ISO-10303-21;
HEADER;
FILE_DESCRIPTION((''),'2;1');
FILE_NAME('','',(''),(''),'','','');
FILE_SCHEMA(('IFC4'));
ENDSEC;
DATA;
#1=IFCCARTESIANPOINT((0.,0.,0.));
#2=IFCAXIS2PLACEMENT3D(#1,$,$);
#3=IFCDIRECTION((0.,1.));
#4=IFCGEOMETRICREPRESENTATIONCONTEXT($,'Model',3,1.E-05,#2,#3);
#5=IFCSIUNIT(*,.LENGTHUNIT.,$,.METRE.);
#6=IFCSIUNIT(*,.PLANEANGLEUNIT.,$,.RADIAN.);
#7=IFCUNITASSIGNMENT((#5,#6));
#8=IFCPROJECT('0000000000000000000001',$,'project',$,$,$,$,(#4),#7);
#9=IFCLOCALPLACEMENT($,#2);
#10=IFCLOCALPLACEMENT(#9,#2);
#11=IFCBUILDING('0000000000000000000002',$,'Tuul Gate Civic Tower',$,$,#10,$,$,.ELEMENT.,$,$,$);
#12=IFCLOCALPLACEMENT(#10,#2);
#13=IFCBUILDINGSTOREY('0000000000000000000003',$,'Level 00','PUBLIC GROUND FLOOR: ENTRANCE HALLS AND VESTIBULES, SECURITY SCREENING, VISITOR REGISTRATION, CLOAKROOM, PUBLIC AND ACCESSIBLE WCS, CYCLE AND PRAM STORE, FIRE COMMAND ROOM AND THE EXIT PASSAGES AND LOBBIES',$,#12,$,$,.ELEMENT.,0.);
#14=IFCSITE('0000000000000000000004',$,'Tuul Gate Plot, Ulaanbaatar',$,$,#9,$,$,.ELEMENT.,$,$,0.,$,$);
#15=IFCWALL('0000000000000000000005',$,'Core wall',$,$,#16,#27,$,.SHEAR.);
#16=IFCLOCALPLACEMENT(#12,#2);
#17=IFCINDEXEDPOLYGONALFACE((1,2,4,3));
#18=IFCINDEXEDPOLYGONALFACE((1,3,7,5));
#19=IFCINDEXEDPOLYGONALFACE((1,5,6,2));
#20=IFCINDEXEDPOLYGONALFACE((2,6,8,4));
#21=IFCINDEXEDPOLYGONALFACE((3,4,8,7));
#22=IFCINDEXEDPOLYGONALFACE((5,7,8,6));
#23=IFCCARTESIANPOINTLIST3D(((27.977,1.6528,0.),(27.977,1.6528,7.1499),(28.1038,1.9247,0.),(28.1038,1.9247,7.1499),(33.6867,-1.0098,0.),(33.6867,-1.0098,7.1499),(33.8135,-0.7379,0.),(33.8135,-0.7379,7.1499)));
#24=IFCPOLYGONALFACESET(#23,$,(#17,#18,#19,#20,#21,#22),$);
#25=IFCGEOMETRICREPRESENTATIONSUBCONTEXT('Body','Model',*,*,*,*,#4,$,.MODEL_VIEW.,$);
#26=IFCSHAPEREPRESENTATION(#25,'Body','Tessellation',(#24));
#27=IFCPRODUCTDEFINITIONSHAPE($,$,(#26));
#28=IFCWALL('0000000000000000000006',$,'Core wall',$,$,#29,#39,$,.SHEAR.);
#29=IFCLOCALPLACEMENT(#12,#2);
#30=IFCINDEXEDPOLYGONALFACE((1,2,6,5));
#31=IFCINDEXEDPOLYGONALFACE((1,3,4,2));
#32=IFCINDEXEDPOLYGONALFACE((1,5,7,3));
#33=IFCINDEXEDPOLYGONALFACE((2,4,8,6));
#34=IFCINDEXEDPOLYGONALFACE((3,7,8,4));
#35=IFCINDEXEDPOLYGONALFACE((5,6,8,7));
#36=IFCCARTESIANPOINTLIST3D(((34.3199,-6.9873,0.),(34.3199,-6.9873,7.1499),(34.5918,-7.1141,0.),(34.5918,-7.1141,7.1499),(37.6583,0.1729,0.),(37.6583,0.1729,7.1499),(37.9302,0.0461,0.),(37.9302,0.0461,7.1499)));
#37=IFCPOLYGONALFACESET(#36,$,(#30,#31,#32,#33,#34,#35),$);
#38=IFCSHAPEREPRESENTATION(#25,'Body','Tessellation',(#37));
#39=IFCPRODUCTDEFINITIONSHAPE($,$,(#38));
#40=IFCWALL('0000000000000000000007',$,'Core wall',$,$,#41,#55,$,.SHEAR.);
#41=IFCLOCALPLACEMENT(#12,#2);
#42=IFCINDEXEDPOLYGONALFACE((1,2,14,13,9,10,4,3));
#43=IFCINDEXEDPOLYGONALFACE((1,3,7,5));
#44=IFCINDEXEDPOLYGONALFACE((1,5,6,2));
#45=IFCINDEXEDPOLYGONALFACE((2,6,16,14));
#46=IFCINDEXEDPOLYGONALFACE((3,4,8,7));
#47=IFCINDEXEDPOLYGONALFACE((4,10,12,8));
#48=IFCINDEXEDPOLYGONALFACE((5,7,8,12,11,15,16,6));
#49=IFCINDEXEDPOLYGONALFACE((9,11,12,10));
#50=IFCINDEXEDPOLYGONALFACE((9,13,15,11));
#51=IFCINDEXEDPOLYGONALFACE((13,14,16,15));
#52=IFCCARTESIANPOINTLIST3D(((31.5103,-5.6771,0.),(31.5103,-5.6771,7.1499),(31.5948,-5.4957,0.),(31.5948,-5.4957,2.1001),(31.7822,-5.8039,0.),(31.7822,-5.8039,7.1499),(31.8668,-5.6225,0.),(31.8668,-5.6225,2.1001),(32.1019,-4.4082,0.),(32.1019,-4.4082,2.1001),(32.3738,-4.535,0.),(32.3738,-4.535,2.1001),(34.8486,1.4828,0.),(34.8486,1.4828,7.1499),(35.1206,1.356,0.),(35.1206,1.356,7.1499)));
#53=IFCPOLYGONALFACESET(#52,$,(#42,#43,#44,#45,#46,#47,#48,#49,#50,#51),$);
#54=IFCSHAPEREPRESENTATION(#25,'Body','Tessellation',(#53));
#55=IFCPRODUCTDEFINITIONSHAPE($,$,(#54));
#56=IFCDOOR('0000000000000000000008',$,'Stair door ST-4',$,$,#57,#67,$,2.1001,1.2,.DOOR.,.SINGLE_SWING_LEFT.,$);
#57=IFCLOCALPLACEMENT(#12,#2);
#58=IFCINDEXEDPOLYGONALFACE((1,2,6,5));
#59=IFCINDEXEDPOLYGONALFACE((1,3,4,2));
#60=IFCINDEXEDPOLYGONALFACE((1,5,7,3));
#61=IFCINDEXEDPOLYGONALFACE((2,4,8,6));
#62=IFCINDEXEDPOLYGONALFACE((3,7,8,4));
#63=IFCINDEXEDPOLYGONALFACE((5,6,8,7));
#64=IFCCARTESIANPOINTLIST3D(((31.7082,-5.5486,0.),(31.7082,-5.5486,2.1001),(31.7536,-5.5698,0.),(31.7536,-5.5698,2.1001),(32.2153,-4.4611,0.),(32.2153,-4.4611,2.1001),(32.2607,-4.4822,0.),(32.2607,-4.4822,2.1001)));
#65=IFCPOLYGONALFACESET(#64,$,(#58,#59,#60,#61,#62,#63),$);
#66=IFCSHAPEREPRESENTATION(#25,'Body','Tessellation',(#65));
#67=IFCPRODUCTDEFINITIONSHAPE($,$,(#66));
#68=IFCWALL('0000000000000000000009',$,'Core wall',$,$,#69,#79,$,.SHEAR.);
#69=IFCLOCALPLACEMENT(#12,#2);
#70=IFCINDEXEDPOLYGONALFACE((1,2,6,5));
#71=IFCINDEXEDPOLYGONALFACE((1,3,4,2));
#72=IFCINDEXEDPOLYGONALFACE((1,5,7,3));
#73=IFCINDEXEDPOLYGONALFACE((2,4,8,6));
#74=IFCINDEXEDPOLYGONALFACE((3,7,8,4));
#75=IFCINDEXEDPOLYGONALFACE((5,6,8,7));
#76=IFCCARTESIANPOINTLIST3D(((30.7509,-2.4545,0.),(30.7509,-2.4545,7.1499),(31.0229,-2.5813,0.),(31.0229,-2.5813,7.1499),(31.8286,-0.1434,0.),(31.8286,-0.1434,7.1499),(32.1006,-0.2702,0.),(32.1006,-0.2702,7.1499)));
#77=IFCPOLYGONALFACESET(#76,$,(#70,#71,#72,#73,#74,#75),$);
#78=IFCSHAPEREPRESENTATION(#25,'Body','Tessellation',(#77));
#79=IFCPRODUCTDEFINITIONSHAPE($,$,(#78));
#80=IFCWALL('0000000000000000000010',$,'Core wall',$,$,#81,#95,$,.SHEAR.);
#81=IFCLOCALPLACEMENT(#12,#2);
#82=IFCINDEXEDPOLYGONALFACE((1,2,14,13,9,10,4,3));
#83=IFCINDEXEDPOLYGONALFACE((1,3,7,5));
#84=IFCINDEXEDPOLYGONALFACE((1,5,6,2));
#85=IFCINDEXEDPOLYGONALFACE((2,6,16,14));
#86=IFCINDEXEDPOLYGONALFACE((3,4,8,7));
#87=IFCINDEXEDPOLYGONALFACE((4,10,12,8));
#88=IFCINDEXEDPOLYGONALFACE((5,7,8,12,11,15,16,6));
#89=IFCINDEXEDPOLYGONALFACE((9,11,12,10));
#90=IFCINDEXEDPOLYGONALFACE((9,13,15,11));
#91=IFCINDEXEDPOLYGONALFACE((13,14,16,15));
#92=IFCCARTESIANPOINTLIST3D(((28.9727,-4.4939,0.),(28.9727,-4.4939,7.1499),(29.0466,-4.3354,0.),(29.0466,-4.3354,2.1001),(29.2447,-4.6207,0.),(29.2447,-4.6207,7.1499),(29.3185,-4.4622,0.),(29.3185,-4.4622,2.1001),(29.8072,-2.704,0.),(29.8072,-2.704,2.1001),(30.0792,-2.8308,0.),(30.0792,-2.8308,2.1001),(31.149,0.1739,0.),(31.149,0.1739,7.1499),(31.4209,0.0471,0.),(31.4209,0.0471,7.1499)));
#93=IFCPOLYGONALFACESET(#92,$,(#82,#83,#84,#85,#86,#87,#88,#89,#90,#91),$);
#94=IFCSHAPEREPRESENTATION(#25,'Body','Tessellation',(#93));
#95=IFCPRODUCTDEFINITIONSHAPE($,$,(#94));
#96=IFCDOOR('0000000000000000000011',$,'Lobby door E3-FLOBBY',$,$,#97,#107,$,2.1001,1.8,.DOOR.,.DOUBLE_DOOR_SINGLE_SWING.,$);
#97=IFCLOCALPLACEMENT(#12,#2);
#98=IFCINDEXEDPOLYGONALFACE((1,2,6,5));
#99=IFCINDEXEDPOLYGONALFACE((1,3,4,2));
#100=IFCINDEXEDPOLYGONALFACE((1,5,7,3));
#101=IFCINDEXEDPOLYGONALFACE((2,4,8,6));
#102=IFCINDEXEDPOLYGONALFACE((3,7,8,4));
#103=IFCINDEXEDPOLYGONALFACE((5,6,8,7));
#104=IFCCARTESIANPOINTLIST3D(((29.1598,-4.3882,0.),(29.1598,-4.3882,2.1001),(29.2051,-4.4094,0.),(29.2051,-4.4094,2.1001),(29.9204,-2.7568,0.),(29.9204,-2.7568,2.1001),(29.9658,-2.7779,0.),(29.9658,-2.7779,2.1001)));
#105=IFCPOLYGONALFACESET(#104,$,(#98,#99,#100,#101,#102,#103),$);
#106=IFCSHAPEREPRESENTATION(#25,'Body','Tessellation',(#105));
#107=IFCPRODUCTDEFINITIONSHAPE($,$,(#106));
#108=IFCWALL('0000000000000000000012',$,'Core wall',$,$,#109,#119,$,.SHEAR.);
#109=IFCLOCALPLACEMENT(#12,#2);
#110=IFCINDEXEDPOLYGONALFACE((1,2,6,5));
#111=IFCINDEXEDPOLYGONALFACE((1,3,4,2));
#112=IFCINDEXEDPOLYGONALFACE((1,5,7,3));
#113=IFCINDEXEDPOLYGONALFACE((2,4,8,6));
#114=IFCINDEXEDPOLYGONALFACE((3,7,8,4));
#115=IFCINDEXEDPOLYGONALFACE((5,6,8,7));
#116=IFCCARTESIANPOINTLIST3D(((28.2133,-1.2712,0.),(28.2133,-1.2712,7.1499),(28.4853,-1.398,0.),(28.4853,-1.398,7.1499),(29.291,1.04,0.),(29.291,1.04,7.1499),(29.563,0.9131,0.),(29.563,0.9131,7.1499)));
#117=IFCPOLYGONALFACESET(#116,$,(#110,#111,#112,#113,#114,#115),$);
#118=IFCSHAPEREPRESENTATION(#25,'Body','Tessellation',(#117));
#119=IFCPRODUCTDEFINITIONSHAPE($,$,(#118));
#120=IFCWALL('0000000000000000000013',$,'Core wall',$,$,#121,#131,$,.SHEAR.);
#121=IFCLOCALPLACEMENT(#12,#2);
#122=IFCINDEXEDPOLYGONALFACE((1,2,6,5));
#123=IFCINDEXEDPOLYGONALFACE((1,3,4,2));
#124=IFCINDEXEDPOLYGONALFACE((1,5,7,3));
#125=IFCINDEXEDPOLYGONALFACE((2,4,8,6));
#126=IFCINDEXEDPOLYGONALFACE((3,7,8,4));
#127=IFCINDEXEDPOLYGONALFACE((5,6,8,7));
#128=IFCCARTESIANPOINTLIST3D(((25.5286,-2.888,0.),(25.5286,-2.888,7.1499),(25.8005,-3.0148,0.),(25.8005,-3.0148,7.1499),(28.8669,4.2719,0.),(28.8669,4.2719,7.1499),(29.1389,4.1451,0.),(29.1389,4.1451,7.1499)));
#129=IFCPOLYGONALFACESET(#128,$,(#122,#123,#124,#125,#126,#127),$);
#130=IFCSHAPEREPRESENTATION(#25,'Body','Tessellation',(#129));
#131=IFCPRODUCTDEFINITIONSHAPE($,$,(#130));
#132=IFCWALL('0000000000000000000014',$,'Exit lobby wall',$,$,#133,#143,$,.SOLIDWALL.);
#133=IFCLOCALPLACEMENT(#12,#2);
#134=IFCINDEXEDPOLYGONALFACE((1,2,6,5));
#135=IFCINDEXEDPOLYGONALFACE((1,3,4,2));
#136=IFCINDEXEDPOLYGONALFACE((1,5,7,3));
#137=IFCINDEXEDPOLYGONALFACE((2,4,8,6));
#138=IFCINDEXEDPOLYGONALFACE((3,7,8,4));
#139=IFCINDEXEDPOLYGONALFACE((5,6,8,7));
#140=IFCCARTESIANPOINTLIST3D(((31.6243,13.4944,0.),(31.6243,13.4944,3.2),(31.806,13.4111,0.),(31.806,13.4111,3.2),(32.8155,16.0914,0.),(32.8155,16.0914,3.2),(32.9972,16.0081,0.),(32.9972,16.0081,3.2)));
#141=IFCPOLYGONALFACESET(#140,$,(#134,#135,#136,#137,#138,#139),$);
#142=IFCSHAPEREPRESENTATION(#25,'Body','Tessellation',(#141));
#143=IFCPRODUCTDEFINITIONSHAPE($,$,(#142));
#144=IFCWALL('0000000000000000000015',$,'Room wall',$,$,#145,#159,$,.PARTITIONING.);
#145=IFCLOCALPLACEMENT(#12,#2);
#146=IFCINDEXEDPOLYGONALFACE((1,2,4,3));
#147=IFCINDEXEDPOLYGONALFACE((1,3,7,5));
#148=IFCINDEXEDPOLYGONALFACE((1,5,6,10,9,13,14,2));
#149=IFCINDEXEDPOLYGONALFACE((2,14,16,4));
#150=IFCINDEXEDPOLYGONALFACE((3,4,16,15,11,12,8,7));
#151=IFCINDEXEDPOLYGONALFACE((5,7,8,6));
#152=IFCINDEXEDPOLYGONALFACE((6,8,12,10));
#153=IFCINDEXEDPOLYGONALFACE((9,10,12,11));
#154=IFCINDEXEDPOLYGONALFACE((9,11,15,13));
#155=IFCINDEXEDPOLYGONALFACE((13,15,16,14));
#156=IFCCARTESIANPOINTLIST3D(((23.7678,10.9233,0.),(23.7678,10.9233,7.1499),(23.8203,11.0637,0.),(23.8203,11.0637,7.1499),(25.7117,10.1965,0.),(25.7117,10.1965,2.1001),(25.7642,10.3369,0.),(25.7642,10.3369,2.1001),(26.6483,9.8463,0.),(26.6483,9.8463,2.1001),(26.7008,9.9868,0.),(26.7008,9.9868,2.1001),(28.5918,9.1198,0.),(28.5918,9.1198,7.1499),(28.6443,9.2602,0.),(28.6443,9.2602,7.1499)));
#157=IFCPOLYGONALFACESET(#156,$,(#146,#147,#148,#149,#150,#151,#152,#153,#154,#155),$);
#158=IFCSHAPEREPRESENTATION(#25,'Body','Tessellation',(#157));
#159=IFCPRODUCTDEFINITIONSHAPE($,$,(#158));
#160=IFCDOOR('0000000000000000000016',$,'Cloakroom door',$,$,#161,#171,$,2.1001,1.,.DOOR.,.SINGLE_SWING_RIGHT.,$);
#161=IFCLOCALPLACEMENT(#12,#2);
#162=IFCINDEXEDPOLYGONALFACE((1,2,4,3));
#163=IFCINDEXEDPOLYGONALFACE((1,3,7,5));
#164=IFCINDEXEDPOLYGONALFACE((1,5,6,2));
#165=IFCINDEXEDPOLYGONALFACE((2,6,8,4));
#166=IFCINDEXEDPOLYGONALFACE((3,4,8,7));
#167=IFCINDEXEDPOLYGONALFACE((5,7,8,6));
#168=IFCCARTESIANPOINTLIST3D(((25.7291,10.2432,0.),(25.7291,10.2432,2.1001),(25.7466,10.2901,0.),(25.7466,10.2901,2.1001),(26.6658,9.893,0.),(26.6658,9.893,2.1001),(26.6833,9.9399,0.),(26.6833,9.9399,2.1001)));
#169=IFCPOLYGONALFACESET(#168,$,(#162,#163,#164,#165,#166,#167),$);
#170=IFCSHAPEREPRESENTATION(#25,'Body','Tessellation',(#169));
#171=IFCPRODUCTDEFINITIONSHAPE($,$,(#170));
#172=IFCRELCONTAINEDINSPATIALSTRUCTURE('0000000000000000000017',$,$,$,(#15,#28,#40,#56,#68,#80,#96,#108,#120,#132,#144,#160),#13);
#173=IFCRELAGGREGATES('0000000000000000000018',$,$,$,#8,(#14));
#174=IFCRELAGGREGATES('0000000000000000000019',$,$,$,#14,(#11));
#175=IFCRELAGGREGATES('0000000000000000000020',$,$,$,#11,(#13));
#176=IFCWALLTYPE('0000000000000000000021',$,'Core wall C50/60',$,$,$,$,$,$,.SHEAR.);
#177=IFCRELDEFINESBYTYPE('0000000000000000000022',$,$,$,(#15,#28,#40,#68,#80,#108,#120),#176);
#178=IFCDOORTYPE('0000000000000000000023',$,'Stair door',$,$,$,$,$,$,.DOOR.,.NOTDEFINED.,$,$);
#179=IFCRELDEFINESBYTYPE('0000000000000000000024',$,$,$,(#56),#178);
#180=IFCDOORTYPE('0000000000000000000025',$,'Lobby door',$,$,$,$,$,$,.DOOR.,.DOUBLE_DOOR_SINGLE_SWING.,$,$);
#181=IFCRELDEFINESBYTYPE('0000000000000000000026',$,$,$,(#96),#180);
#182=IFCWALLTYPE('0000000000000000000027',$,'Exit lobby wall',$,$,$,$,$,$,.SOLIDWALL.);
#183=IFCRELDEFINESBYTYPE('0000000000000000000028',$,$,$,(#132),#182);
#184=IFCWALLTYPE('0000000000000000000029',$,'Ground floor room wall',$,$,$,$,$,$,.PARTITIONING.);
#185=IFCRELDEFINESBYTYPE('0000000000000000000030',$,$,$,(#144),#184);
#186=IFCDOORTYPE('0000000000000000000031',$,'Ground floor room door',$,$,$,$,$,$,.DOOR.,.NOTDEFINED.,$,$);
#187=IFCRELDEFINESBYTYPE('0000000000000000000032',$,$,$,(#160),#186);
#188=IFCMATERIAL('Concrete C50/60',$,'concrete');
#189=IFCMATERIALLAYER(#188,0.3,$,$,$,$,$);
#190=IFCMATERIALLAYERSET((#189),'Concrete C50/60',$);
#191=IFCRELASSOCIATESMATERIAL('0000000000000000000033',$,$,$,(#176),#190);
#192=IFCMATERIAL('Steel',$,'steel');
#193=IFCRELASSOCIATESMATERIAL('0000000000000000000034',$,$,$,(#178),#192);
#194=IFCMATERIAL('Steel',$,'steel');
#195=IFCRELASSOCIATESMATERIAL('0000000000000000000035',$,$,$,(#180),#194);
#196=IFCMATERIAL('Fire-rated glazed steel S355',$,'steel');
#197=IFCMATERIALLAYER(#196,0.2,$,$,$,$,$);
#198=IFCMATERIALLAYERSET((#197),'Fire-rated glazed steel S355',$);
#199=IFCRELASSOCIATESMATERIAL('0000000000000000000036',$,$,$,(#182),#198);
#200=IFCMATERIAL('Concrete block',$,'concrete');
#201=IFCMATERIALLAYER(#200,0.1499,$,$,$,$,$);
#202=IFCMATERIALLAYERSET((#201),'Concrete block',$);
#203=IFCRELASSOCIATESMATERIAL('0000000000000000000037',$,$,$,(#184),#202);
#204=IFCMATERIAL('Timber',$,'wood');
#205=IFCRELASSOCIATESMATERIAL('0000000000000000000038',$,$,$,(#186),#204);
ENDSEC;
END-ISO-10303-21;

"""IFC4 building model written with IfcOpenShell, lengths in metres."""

from ifc_helpers import new_model, si_unit, direction, frame, frame_2d, origin, place, context, subcontext, project, spatial, rectangle, extrude, material, layer, layer_set, type_object, element, fill, save


model = new_model("IFC4")

# Units and contexts
model_context = context("Model", 3, precision=1e-05, world=origin(), true_north=direction((0.0, 1.0)))
body_context = subcontext(model_context, "Body", "Model", "MODEL_VIEW")
ifc_project = project(units=[si_unit("LENGTHUNIT", "METRE"), si_unit("PLANEANGLEUNIT", "RADIAN")], contexts=[model_context])

# Site, building, storey
site_placement = place(None, origin())
site = spatial("IfcSite", under=ifc_project, at=site_placement, Name="Tuul Gate Plot, Ulaanbaatar", CompositionType="ELEMENT", RefElevation=0.0)
building_placement = place(site_placement, origin())
building = spatial("IfcBuilding", under=site, at=building_placement, Name="Tuul Gate Civic Tower", CompositionType="ELEMENT")
storey_placement = place(building_placement, origin())
storey = spatial("IfcBuildingStorey", under=building, at=storey_placement, Name="Level 00", Description="PUBLIC GROUND FLOOR: ENTRANCE HALLS AND VESTIBULES, SECURITY SCREENING, VISITOR REGISTRATION, CLOAKROOM, PUBLIC AND ACCESSIBLE WCS, CYCLE AND PRAM STORE, FIRE COMMAND ROOM AND THE EXIT PASSAGES AND LOBBIES", CompositionType="ELEMENT", Elevation=0.0)

# Shared definitions
ifc_material_1 = material(Name="Concrete C50/60", Category="concrete")
ifc_layer_1 = layer(ifc_material_1, 0.3)
ifc_layer_set_1 = layer_set([ifc_layer_1], Name="Concrete C50/60")
wall_type_1 = type_object("IfcWallType", Name="Core wall C50/60", PredefinedType="SHEAR", material=ifc_layer_set_1)

# Walls
wall_1_placement = place(storey_placement, frame((33.75, -0.8738, 0.0), z_axis=(0.0, 0.0, 1.0), x_axis=(-0.906301, 0.422633, 0.0)))
element("IfcWall", 1, at=wall_1_placement, inside=storey, type_object=wall_type_1, Name="Core wall", PredefinedType="SHEAR", context=body_context, shape_type="SweptSolid", body=[
    extrude(rectangle(XDim=6.3, YDim=0.3, at=frame_2d((3.1499, 0.0))), origin(), (0.0, 0.0, 1.0), 7.1499),
])
wall_2_placement = place(storey_placement, frame((34.4558, -7.0508, 0.0), z_axis=(0.0, 0.0, 1.0), x_axis=(0.422571, 0.90633, 0.0)))
element("IfcWall", 2, at=wall_2_placement, inside=storey, type_object=wall_type_1, Name="Core wall", PredefinedType="SHEAR", context=body_context, shape_type="SweptSolid", body=[
    extrude(rectangle(XDim=7.9001, YDim=0.3, at=frame_2d((3.9502, 0.0))), origin(), (0.0, 0.0, 1.0), 7.1499),
])

# Wall, opening, door
wall_3_placement = place(storey_placement, frame((31.6462, -5.7405, 0.0), z_axis=(0.0, 0.0, 1.0), x_axis=(0.422583, 0.906324, 0.0)))
wall_3 = element("IfcWall", 3, at=wall_3_placement, inside=storey, type_object=wall_type_1, Name="Core wall", PredefinedType="SHEAR", context=body_context, shape_type="SweptSolid", body=[
    extrude(rectangle(XDim=7.8999, YDim=0.3, at=frame_2d((3.95, 0.0))), origin(), (0.0, 0.0, 1.0), 7.1499),
])
opening_1_placement = place(wall_3_placement, frame((0.2, 0.0, 0.0)))
opening_1 = element("IfcOpeningElement", 4, at=opening_1_placement, cuts=wall_3, PredefinedType="OPENING", context=body_context, shape_type="SweptSolid", body=[
    extrude(rectangle(XDim=1.2, YDim=2.1001, at=frame_2d((0.6001, 1.05))), frame((0.0, 0.1602, 0.0), z_axis=(0.0, -1.0, 0.0), x_axis=(1.0, 0.0, 0.0)), (0.0, 0.0, 1.0), 0.3201),
])
ifc_material_2 = material(Name="Steel", Category="steel")
door_type_1 = type_object("IfcDoorType", Name="Stair door", OperationType="NOTDEFINED", PredefinedType="DOOR", material=ifc_material_2)
door_1_placement = place(opening_1_placement, origin())
door_1 = element("IfcDoor", 5, at=door_1_placement, inside=storey, type_object=door_type_1, Name="Stair door ST-4", OperationType="SINGLE_SWING_LEFT", OverallHeight=2.1001, OverallWidth=1.2, PredefinedType="DOOR", context=body_context, shape_type="SweptSolid", body=[
    extrude(rectangle(XDim=1.2, YDim=2.1001, at=frame_2d((0.6001, 1.05))), frame((0.0, 0.0249, 0.0), z_axis=(0.0, -1.0, 0.0), x_axis=(1.0, 0.0, 0.0)), (0.0, 0.0, 1.0), 0.05),
])
fill(opening_1, door_1)

# Wall
wall_4_placement = place(storey_placement, frame((30.887, -2.5178, 0.0), z_axis=(0.0, 0.0, 1.0), x_axis=(0.422613, 0.90631, 0.0)))
element("IfcWall", 6, at=wall_4_placement, inside=storey, type_object=wall_type_1, Name="Core wall", PredefinedType="SHEAR", context=body_context, shape_type="SweptSolid", body=[
    extrude(rectangle(XDim=2.55, YDim=0.3, at=frame_2d((1.2749, 0.0))), origin(), (0.0, 0.0, 1.0), 7.1499),
])

# Wall, opening, door
wall_5_placement = place(storey_placement, frame((29.1086, -4.5574, 0.0), z_axis=(0.0, 0.0, 1.0), x_axis=(0.422566, 0.906332, 0.0)))
wall_5 = element("IfcWall", 7, at=wall_5_placement, inside=storey, type_object=wall_type_1, Name="Core wall", PredefinedType="SHEAR", context=body_context, shape_type="SweptSolid", body=[
    extrude(rectangle(XDim=5.1501, YDim=0.3, at=frame_2d((2.5752, 0.0))), origin(), (0.0, 0.0, 1.0), 7.1499),
])
opening_2_placement = place(wall_5_placement, frame((0.175, 0.0, 0.0)))
opening_2 = element("IfcOpeningElement", 8, at=opening_2_placement, cuts=wall_5, PredefinedType="OPENING", context=body_context, shape_type="SweptSolid", body=[
    extrude(rectangle(XDim=1.8, YDim=2.1001, at=frame_2d((0.8999, 1.05))), frame((0.0, 0.1602, 0.0), z_axis=(0.0, -1.0, 0.0), x_axis=(1.0, 0.0, 0.0)), (0.0, 0.0, 1.0), 0.3201),
])
ifc_material_3 = material(Name="Steel", Category="steel")
door_type_2 = type_object("IfcDoorType", Name="Lobby door", OperationType="DOUBLE_DOOR_SINGLE_SWING", PredefinedType="DOOR", material=ifc_material_3)
door_2_placement = place(opening_2_placement, frame((1.8, 0.0, 0.0), z_axis=(0.0, 0.0, 1.0), x_axis=(-1.0, 0.0, 0.0)))
door_2 = element("IfcDoor", 9, at=door_2_placement, inside=storey, type_object=door_type_2, Name="Lobby door E3-FLOBBY", OperationType="DOUBLE_DOOR_SINGLE_SWING", OverallHeight=2.1001, OverallWidth=1.8, PredefinedType="DOOR", context=body_context, shape_type="SweptSolid", body=[
    extrude(rectangle(XDim=1.8, YDim=2.1001, at=frame_2d((0.9001, 1.05))), frame((0.0, 0.0249, 0.0), z_axis=(0.0, -1.0, 0.0), x_axis=(1.0, 0.0, 0.0)), (0.0, 0.0, 1.0), 0.05),
])
fill(opening_2, door_2)

# Walls
wall_6_placement = place(storey_placement, frame((28.3494, -1.3345, 0.0), z_axis=(0.0, 0.0, 1.0), x_axis=(0.422613, 0.90631, 0.0)))
element("IfcWall", 10, at=wall_6_placement, inside=storey, type_object=wall_type_1, Name="Core wall", PredefinedType="SHEAR", context=body_context, shape_type="SweptSolid", body=[
    extrude(rectangle(XDim=2.55, YDim=0.3, at=frame_2d((1.2749, 0.0))), origin(), (0.0, 0.0, 1.0), 7.1499),
])
wall_7_placement = place(storey_placement, frame((25.6646, -2.9514, 0.0), z_axis=(0.0, 0.0, 1.0), x_axis=(0.422583, 0.906324, 0.0)))
element("IfcWall", 11, at=wall_7_placement, inside=storey, type_object=wall_type_1, Name="Core wall", PredefinedType="SHEAR", context=body_context, shape_type="SweptSolid", body=[
    extrude(rectangle(XDim=7.8999, YDim=0.3, at=frame_2d((3.95, 0.0))), origin(), (0.0, 0.0, 1.0), 7.1499),
])
ifc_material_4 = material(Name="Fire-rated glazed steel S355", Category="steel")
ifc_layer_2 = layer(ifc_material_4, 0.2)
ifc_layer_set_2 = layer_set([ifc_layer_2], Name="Fire-rated glazed steel S355")
wall_type_2 = type_object("IfcWallType", Name="Exit lobby wall", PredefinedType="SOLIDWALL", material=ifc_layer_set_2)
wall_8_placement = place(storey_placement, frame((31.7151, 13.4526, 0.0), z_axis=(0.0, 0.0, 1.0), x_axis=(0.416917, 0.908945, 0.0)))
element("IfcWall", 12, at=wall_8_placement, inside=storey, type_object=wall_type_2, Name="Exit lobby wall", PredefinedType="SOLIDWALL", context=body_context, shape_type="SweptSolid", body=[
    extrude(rectangle(XDim=2.8572, YDim=0.2, at=frame_2d((1.4287, 0.0))), origin(), (0.0, 0.0, 1.0), 3.2),
])

# Wall, opening, door
ifc_material_5 = material(Name="Concrete block", Category="concrete")
ifc_layer_3 = layer(ifc_material_5, 0.1499)
ifc_layer_set_3 = layer_set([ifc_layer_3], Name="Concrete block")
wall_type_3 = type_object("IfcWallType", Name="Ground floor room wall", PredefinedType="PARTITIONING", material=ifc_layer_set_3)
wall_9_placement = place(storey_placement, frame((28.6182, 9.1899, 0.0), z_axis=(0.0, 0.0, 1.0), x_axis=(-0.936681, 0.350183, 0.0)))
wall_9 = element("IfcWall", 13, at=wall_9_placement, inside=storey, type_object=wall_type_3, Name="Room wall", PredefinedType="PARTITIONING", context=body_context, shape_type="SweptSolid", body=[
    extrude(rectangle(XDim=5.1501, YDim=0.1499, at=frame_2d((2.5752, 0.0))), origin(), (0.0, 0.0, 1.0), 7.1499),
])
opening_3_placement = place(wall_9_placement, frame((2.075, 0.0, 0.0)))
opening_3 = element("IfcOpeningElement", 14, at=opening_3_placement, cuts=wall_9, PredefinedType="OPENING", context=body_context, shape_type="SweptSolid", body=[
    extrude(rectangle(XDim=1.0, YDim=2.1001, at=frame_2d((0.5, 1.05))), frame((0.0, 0.085, 0.0), z_axis=(0.0, -1.0, 0.0), x_axis=(1.0, 0.0, 0.0)), (0.0, 0.0, 1.0), 0.1699),
])
ifc_material_6 = material(Name="Timber", Category="wood")
door_type_3 = type_object("IfcDoorType", Name="Ground floor room door", OperationType="NOTDEFINED", PredefinedType="DOOR", material=ifc_material_6)
door_3_placement = place(opening_3_placement, frame((1.0, 0.0, 0.0), z_axis=(0.0, 0.0, 1.0), x_axis=(-1.0, 0.0, 0.0)))
door_3 = element("IfcDoor", 15, at=door_3_placement, inside=storey, type_object=door_type_3, Name="Cloakroom door", OperationType="SINGLE_SWING_RIGHT", OverallHeight=2.1001, OverallWidth=1.0, PredefinedType="DOOR", context=body_context, shape_type="SweptSolid", body=[
    extrude(rectangle(XDim=1.0, YDim=2.1001, at=frame_2d((0.5, 1.05))), frame((0.0, 0.0249, 0.0), z_axis=(0.0, -1.0, 0.0), x_axis=(1.0, 0.0, 0.0)), (0.0, 0.0, 1.0), 0.05),
])
fill(opening_3, door_3)

save(model, "model.ifc")
